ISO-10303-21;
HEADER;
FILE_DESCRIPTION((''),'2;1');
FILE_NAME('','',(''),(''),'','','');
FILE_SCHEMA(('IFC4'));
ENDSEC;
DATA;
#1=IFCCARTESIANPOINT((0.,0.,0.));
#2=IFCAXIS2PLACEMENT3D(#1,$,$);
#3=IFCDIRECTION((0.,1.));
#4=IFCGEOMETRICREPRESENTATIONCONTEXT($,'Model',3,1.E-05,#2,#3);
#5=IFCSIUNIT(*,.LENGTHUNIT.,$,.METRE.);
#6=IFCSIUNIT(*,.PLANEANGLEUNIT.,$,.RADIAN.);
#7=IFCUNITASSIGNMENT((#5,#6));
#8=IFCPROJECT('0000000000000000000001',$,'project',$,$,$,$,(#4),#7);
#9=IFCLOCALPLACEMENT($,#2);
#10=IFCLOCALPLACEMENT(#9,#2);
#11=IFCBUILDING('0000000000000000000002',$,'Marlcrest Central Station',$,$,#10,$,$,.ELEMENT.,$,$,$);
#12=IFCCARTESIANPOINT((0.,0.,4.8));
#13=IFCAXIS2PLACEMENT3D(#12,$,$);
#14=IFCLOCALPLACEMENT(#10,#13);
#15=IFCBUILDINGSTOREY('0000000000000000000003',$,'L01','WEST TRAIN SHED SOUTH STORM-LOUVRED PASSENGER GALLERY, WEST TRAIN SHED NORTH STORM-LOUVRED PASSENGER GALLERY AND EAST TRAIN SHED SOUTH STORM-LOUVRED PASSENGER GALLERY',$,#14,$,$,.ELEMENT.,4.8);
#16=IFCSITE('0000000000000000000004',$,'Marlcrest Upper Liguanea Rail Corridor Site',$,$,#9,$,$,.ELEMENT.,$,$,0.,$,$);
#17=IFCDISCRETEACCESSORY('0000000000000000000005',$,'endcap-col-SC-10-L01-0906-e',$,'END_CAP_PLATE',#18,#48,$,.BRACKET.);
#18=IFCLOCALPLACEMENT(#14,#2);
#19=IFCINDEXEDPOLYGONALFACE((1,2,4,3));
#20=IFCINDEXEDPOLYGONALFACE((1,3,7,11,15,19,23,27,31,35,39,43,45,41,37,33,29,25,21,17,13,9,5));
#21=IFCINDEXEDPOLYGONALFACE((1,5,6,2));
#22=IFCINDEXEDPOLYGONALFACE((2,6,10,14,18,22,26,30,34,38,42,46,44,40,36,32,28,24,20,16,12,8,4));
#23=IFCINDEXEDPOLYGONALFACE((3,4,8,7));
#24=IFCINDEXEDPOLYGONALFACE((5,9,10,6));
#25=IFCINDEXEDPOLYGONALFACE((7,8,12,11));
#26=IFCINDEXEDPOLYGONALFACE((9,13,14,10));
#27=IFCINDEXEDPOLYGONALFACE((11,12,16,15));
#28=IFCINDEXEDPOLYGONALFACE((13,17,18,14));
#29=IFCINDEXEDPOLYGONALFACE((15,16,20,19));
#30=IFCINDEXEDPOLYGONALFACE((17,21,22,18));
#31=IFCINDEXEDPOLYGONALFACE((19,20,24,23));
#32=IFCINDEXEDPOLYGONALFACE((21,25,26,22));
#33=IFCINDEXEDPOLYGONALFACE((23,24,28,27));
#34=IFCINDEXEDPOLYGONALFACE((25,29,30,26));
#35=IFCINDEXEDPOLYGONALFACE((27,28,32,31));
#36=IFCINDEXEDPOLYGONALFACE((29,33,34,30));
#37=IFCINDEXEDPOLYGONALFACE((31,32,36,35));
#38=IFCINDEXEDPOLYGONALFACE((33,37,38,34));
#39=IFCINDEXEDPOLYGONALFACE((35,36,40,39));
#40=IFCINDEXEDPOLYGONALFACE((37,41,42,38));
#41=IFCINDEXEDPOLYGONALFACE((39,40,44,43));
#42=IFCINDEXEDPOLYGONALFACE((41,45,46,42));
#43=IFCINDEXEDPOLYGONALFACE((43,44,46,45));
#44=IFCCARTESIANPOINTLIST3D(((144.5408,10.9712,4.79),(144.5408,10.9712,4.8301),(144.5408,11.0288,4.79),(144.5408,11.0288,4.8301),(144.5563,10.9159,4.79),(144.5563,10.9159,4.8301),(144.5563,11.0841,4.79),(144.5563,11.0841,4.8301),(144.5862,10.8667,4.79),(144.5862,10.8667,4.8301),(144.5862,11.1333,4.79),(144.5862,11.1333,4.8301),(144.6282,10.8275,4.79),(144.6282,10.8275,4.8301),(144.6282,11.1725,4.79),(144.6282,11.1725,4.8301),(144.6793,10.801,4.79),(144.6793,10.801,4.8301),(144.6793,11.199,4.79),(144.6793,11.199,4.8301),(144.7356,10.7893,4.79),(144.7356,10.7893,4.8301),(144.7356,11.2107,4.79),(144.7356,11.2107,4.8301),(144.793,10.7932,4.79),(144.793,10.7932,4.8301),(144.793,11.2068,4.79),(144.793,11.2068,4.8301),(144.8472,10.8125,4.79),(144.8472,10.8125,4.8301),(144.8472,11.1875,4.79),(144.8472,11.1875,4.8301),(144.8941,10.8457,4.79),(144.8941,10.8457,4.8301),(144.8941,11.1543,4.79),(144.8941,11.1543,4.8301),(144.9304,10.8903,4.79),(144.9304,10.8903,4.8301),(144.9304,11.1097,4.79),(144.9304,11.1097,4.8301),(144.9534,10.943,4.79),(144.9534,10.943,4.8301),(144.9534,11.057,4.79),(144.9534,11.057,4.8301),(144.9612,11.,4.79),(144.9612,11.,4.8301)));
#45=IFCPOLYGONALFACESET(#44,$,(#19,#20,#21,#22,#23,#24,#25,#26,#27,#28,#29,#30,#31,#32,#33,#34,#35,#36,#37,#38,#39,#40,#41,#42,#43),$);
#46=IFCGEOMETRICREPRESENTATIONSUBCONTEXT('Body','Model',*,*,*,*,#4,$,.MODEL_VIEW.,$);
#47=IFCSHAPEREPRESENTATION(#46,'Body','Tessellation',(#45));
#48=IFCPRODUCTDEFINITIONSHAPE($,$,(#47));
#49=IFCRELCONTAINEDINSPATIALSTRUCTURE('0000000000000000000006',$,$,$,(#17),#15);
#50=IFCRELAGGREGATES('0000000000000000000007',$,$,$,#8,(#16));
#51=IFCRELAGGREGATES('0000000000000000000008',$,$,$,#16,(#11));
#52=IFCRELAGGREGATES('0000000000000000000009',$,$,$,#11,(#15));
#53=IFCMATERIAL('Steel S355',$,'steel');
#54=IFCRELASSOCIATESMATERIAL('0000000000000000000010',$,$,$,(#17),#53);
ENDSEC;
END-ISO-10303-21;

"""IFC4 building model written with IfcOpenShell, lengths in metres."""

from ifc_helpers import new_model, si_unit, direction, frame, origin, origin_2d, place, context, subcontext, project, spatial, circle, extrude, material, element, save


model = new_model("IFC4")

# Units and contexts
model_context = context("Model", 3, precision=1e-05, world=origin(), true_north=direction((0.0, 1.0)))
body_context = subcontext(model_context, "Body", "Model", "MODEL_VIEW")
ifc_project = project(units=[si_unit("LENGTHUNIT", "METRE"), si_unit("PLANEANGLEUNIT", "RADIAN")], contexts=[model_context])

# Site, building, storey
site_placement = place(None, origin())
site = spatial("IfcSite", under=ifc_project, at=site_placement, Name="Marlcrest Upper Liguanea Rail Corridor Site", CompositionType="ELEMENT", RefElevation=0.0)
building_placement = place(site_placement, origin())
building = spatial("IfcBuilding", under=site, at=building_placement, Name="Marlcrest Central Station", CompositionType="ELEMENT")
storey_placement = place(building_placement, frame((0.0, 0.0, 4.8)))
storey = spatial("IfcBuildingStorey", under=building, at=storey_placement, Name="L01", Description="WEST TRAIN SHED SOUTH STORM-LOUVRED PASSENGER GALLERY, WEST TRAIN SHED NORTH STORM-LOUVRED PASSENGER GALLERY AND EAST TRAIN SHED SOUTH STORM-LOUVRED PASSENGER GALLERY", CompositionType="ELEMENT", Elevation=4.8)

# Shared definitions
ifc_material_1 = material(Name="Steel S355", Category="steel")

# Discrete accessory
for number, where, z_axis, x_axis, name in (
    (1, (144.75, 11.0, 4.79), (0.0, 0.0, 1.0), (1.0, 0.0, 0.0), "endcap-col-SC-10-L01-0906-e"),
):
    element("IfcDiscreteAccessory", number, at=place(storey_placement, frame(where, z_axis=z_axis, x_axis=x_axis)), inside=storey, material=ifc_material_1, Name=name, ObjectType="END_CAP_PLATE", PredefinedType="BRACKET", context=body_context, shape_type="SweptSolid", body=[
        extrude(circle(Radius=0.2112, at=origin_2d()), origin(), (0.0, 0.0, 1.0), 0.04),
    ])

save(model, "model.ifc")
